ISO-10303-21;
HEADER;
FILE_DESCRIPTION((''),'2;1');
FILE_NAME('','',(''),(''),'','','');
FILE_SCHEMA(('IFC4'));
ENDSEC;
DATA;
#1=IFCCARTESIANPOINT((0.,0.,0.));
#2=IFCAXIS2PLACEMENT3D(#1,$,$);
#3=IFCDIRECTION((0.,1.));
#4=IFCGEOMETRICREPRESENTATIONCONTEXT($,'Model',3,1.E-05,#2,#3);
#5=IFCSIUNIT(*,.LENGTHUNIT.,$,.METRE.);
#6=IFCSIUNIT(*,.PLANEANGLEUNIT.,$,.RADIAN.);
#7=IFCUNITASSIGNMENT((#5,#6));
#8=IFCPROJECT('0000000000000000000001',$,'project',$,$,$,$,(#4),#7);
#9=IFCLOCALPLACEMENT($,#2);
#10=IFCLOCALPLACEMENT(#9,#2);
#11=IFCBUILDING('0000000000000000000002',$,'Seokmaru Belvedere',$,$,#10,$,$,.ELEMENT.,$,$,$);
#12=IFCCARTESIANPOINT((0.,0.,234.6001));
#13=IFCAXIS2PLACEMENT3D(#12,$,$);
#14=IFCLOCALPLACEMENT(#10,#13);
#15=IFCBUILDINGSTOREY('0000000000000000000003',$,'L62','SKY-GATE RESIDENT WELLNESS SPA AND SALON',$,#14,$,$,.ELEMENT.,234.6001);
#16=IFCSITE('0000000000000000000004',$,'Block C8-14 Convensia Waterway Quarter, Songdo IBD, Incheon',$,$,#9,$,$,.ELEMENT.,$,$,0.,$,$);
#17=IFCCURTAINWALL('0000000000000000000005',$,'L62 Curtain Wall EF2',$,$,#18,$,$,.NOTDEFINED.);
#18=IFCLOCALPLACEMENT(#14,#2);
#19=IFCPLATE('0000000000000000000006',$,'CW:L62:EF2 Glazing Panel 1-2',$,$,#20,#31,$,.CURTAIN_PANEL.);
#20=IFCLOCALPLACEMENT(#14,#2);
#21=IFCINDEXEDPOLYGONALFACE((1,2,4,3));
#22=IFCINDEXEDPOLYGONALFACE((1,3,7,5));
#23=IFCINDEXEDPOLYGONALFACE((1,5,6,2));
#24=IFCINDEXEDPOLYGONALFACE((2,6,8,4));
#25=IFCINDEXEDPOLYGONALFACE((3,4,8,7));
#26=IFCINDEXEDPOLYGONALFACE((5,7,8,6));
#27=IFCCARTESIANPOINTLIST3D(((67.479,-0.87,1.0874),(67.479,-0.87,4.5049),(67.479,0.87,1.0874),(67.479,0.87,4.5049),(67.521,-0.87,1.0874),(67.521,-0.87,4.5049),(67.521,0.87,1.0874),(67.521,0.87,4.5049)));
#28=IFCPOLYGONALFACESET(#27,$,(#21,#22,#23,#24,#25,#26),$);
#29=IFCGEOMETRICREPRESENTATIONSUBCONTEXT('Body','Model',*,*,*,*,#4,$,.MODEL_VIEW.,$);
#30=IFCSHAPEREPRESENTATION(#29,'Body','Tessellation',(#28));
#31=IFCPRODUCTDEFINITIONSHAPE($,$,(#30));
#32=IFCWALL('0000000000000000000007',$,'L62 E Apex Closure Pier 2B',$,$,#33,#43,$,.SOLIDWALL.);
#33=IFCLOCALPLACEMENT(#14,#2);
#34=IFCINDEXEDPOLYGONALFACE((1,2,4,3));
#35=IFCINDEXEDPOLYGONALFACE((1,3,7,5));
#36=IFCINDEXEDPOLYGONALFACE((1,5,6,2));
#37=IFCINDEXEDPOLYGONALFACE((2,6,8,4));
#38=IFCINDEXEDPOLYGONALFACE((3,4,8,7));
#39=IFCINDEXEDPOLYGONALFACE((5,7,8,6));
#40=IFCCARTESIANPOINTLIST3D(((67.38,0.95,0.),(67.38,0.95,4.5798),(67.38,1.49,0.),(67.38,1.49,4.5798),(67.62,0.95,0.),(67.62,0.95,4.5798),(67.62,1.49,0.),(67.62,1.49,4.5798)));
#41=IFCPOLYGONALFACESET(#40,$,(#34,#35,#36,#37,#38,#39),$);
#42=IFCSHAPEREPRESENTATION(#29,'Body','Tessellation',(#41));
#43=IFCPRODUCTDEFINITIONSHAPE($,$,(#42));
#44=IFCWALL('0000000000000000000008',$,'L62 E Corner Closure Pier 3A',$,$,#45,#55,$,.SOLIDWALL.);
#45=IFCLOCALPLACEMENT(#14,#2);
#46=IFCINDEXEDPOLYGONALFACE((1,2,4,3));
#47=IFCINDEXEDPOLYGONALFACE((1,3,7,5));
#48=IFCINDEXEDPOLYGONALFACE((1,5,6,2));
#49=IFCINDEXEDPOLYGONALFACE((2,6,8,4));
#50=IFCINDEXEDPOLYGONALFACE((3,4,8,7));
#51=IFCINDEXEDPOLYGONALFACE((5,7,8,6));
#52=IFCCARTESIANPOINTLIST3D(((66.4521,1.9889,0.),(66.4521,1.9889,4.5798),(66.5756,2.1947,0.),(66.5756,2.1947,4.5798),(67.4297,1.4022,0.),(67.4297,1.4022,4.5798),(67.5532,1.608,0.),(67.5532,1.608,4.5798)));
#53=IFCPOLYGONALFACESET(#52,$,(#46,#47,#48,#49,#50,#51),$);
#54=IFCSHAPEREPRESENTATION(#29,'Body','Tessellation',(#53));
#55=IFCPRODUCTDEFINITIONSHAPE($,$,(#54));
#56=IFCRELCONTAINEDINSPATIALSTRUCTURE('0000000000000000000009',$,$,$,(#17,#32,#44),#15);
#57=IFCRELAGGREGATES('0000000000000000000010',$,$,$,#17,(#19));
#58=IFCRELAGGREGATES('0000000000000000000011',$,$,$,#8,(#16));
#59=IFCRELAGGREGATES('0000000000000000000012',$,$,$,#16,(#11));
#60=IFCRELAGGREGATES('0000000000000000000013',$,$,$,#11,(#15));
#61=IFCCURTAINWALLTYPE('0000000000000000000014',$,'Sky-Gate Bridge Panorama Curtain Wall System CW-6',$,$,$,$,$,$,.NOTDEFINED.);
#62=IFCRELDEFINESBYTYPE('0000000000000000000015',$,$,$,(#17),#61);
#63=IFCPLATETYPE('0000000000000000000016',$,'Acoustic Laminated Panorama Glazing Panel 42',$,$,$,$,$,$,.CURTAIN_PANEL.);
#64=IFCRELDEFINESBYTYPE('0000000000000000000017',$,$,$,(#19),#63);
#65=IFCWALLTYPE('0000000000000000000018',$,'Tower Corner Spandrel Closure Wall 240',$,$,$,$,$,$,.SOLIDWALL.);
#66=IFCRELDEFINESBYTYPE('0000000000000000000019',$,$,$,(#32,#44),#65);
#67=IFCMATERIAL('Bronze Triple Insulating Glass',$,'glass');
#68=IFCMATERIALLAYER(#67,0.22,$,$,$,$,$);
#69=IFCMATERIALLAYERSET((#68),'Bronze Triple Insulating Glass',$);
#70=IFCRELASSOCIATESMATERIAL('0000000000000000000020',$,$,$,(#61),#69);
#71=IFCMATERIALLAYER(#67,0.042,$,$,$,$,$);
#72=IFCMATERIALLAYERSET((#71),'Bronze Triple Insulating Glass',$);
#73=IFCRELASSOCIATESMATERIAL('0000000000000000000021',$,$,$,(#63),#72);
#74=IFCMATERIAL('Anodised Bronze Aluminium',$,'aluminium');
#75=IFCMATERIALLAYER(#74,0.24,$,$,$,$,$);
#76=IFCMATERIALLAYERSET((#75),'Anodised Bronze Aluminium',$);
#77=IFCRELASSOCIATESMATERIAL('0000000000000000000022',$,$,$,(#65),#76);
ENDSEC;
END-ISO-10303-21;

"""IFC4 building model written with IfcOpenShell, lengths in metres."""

from ifc_helpers import new_model, si_unit, direction, frame, frame_2d, origin, origin_2d, place, context, subcontext, project, spatial, rectangle, extrude, source, transform, mapped, material, layer, layer_set, type_object, element, aggregate, save


model = new_model("IFC4")

# Units and contexts
model_context = context("Model", 3, precision=1e-05, world=origin(), true_north=direction((0.0, 1.0)))
body_context = subcontext(model_context, "Body", "Model", "MODEL_VIEW")
ifc_project = project(units=[si_unit("LENGTHUNIT", "METRE"), si_unit("PLANEANGLEUNIT", "RADIAN")], contexts=[model_context])

# Site, building, storey
site_placement = place(None, origin())
site = spatial("IfcSite", under=ifc_project, at=site_placement, Name="Block C8-14 Convensia Waterway Quarter, Songdo IBD, Incheon", CompositionType="ELEMENT", RefElevation=0.0)
building_placement = place(site_placement, origin())
building = spatial("IfcBuilding", under=site, at=building_placement, Name="Seokmaru Belvedere", CompositionType="ELEMENT")
storey_placement = place(building_placement, frame((0.0, 0.0, 234.6001)))
storey = spatial("IfcBuildingStorey", under=building, at=storey_placement, Name="L62", Description="SKY-GATE RESIDENT WELLNESS SPA AND SALON", CompositionType="ELEMENT", Elevation=234.6001)

# Curtain wall
ifc_material_1 = material(Name="Bronze Triple Insulating Glass", Category="glass")
ifc_layer_1 = layer(ifc_material_1, 0.22)
ifc_layer_set_1 = layer_set([ifc_layer_1], Name="Bronze Triple Insulating Glass")
curtain_wall_type = type_object("IfcCurtainWallType", Name="Sky-Gate Bridge Panorama Curtain Wall System CW-6", PredefinedType="NOTDEFINED", material=ifc_layer_set_1)
ifc_material_2 = material(Name="Anodised Bronze Aluminium", Category="aluminium")
curtain_wall_1_placement = place(storey_placement, origin())
curtain_wall_1 = element("IfcCurtainWall", 1, at=curtain_wall_1_placement, inside=storey, type_object=curtain_wall_type, Name="L62 Curtain Wall EF2", PredefinedType="NOTDEFINED")

# Plate
ifc_layer_2 = layer(ifc_material_1, 0.042)
ifc_layer_set_2 = layer_set([ifc_layer_2], Name="Bronze Triple Insulating Glass")
plate_type_1 = type_object("IfcPlateType", Name="Acoustic Laminated Panorama Glazing Panel 42", PredefinedType="CURTAIN_PANEL", material=ifc_layer_set_2)
shared_shape_1 = source(origin(), body_context, "Body", "SweptSolid", [
    extrude(rectangle(XDim=1.74, YDim=0.042, at=origin_2d()), origin(), (0.0, 0.0, 1.0), 3.4175),
])
plate_1_placement = place(storey_placement, frame((67.5, 0.0, 1.0874), z_axis=(0.0, 0.0, 1.0), x_axis=(0.0, 1.0, 0.0)))
plate_1 = element("IfcPlate", 2, at=plate_1_placement, type_object=plate_type_1, Name="CW:L62:EF2 Glazing Panel 1-2", PredefinedType="CURTAIN_PANEL", context=body_context, shape_type="MappedRepresentation", body=[
    mapped(shared_shape_1, transform((0.0, 0.0, 0.0), scale=1.0)),
])
aggregate(curtain_wall_1, [plate_1])

# Walls
ifc_layer_3 = layer(ifc_material_2, 0.24)
ifc_layer_set_3 = layer_set([ifc_layer_3], Name="Anodised Bronze Aluminium")
wall_type = type_object("IfcWallType", Name="Tower Corner Spandrel Closure Wall 240", PredefinedType="SOLIDWALL", material=ifc_layer_set_3)
wall_1_placement = place(storey_placement, frame((67.5, 0.95, 0.0), z_axis=(0.0, 0.0, 1.0), x_axis=(0.0, 1.0, 0.0)))
element("IfcWall", 3, at=wall_1_placement, inside=storey, type_object=wall_type, Name="L62 E Apex Closure Pier 2B", PredefinedType="SOLIDWALL", context=body_context, shape_type="SweptSolid", body=[
    extrude(rectangle(XDim=0.54, YDim=0.24, at=frame_2d((0.27, 0.0))), origin(), (0.0, 0.0, 1.0), 4.5798),
])
wall_2_placement = place(storey_placement, frame((67.4915, 1.5051, 0.0), z_axis=(0.0, 0.0, 1.0), x_axis=(-0.857436, 0.51459, 0.0)))
element("IfcWall", 4, at=wall_2_placement, inside=storey, type_object=wall_type, Name="L62 E Corner Closure Pier 3A", PredefinedType="SOLIDWALL", context=body_context, shape_type="SweptSolid", body=[
    extrude(rectangle(XDim=1.1401, YDim=0.24, at=frame_2d((0.5701, 0.0))), origin(), (0.0, 0.0, 1.0), 4.5798),
])

save(model, "model.ifc")
